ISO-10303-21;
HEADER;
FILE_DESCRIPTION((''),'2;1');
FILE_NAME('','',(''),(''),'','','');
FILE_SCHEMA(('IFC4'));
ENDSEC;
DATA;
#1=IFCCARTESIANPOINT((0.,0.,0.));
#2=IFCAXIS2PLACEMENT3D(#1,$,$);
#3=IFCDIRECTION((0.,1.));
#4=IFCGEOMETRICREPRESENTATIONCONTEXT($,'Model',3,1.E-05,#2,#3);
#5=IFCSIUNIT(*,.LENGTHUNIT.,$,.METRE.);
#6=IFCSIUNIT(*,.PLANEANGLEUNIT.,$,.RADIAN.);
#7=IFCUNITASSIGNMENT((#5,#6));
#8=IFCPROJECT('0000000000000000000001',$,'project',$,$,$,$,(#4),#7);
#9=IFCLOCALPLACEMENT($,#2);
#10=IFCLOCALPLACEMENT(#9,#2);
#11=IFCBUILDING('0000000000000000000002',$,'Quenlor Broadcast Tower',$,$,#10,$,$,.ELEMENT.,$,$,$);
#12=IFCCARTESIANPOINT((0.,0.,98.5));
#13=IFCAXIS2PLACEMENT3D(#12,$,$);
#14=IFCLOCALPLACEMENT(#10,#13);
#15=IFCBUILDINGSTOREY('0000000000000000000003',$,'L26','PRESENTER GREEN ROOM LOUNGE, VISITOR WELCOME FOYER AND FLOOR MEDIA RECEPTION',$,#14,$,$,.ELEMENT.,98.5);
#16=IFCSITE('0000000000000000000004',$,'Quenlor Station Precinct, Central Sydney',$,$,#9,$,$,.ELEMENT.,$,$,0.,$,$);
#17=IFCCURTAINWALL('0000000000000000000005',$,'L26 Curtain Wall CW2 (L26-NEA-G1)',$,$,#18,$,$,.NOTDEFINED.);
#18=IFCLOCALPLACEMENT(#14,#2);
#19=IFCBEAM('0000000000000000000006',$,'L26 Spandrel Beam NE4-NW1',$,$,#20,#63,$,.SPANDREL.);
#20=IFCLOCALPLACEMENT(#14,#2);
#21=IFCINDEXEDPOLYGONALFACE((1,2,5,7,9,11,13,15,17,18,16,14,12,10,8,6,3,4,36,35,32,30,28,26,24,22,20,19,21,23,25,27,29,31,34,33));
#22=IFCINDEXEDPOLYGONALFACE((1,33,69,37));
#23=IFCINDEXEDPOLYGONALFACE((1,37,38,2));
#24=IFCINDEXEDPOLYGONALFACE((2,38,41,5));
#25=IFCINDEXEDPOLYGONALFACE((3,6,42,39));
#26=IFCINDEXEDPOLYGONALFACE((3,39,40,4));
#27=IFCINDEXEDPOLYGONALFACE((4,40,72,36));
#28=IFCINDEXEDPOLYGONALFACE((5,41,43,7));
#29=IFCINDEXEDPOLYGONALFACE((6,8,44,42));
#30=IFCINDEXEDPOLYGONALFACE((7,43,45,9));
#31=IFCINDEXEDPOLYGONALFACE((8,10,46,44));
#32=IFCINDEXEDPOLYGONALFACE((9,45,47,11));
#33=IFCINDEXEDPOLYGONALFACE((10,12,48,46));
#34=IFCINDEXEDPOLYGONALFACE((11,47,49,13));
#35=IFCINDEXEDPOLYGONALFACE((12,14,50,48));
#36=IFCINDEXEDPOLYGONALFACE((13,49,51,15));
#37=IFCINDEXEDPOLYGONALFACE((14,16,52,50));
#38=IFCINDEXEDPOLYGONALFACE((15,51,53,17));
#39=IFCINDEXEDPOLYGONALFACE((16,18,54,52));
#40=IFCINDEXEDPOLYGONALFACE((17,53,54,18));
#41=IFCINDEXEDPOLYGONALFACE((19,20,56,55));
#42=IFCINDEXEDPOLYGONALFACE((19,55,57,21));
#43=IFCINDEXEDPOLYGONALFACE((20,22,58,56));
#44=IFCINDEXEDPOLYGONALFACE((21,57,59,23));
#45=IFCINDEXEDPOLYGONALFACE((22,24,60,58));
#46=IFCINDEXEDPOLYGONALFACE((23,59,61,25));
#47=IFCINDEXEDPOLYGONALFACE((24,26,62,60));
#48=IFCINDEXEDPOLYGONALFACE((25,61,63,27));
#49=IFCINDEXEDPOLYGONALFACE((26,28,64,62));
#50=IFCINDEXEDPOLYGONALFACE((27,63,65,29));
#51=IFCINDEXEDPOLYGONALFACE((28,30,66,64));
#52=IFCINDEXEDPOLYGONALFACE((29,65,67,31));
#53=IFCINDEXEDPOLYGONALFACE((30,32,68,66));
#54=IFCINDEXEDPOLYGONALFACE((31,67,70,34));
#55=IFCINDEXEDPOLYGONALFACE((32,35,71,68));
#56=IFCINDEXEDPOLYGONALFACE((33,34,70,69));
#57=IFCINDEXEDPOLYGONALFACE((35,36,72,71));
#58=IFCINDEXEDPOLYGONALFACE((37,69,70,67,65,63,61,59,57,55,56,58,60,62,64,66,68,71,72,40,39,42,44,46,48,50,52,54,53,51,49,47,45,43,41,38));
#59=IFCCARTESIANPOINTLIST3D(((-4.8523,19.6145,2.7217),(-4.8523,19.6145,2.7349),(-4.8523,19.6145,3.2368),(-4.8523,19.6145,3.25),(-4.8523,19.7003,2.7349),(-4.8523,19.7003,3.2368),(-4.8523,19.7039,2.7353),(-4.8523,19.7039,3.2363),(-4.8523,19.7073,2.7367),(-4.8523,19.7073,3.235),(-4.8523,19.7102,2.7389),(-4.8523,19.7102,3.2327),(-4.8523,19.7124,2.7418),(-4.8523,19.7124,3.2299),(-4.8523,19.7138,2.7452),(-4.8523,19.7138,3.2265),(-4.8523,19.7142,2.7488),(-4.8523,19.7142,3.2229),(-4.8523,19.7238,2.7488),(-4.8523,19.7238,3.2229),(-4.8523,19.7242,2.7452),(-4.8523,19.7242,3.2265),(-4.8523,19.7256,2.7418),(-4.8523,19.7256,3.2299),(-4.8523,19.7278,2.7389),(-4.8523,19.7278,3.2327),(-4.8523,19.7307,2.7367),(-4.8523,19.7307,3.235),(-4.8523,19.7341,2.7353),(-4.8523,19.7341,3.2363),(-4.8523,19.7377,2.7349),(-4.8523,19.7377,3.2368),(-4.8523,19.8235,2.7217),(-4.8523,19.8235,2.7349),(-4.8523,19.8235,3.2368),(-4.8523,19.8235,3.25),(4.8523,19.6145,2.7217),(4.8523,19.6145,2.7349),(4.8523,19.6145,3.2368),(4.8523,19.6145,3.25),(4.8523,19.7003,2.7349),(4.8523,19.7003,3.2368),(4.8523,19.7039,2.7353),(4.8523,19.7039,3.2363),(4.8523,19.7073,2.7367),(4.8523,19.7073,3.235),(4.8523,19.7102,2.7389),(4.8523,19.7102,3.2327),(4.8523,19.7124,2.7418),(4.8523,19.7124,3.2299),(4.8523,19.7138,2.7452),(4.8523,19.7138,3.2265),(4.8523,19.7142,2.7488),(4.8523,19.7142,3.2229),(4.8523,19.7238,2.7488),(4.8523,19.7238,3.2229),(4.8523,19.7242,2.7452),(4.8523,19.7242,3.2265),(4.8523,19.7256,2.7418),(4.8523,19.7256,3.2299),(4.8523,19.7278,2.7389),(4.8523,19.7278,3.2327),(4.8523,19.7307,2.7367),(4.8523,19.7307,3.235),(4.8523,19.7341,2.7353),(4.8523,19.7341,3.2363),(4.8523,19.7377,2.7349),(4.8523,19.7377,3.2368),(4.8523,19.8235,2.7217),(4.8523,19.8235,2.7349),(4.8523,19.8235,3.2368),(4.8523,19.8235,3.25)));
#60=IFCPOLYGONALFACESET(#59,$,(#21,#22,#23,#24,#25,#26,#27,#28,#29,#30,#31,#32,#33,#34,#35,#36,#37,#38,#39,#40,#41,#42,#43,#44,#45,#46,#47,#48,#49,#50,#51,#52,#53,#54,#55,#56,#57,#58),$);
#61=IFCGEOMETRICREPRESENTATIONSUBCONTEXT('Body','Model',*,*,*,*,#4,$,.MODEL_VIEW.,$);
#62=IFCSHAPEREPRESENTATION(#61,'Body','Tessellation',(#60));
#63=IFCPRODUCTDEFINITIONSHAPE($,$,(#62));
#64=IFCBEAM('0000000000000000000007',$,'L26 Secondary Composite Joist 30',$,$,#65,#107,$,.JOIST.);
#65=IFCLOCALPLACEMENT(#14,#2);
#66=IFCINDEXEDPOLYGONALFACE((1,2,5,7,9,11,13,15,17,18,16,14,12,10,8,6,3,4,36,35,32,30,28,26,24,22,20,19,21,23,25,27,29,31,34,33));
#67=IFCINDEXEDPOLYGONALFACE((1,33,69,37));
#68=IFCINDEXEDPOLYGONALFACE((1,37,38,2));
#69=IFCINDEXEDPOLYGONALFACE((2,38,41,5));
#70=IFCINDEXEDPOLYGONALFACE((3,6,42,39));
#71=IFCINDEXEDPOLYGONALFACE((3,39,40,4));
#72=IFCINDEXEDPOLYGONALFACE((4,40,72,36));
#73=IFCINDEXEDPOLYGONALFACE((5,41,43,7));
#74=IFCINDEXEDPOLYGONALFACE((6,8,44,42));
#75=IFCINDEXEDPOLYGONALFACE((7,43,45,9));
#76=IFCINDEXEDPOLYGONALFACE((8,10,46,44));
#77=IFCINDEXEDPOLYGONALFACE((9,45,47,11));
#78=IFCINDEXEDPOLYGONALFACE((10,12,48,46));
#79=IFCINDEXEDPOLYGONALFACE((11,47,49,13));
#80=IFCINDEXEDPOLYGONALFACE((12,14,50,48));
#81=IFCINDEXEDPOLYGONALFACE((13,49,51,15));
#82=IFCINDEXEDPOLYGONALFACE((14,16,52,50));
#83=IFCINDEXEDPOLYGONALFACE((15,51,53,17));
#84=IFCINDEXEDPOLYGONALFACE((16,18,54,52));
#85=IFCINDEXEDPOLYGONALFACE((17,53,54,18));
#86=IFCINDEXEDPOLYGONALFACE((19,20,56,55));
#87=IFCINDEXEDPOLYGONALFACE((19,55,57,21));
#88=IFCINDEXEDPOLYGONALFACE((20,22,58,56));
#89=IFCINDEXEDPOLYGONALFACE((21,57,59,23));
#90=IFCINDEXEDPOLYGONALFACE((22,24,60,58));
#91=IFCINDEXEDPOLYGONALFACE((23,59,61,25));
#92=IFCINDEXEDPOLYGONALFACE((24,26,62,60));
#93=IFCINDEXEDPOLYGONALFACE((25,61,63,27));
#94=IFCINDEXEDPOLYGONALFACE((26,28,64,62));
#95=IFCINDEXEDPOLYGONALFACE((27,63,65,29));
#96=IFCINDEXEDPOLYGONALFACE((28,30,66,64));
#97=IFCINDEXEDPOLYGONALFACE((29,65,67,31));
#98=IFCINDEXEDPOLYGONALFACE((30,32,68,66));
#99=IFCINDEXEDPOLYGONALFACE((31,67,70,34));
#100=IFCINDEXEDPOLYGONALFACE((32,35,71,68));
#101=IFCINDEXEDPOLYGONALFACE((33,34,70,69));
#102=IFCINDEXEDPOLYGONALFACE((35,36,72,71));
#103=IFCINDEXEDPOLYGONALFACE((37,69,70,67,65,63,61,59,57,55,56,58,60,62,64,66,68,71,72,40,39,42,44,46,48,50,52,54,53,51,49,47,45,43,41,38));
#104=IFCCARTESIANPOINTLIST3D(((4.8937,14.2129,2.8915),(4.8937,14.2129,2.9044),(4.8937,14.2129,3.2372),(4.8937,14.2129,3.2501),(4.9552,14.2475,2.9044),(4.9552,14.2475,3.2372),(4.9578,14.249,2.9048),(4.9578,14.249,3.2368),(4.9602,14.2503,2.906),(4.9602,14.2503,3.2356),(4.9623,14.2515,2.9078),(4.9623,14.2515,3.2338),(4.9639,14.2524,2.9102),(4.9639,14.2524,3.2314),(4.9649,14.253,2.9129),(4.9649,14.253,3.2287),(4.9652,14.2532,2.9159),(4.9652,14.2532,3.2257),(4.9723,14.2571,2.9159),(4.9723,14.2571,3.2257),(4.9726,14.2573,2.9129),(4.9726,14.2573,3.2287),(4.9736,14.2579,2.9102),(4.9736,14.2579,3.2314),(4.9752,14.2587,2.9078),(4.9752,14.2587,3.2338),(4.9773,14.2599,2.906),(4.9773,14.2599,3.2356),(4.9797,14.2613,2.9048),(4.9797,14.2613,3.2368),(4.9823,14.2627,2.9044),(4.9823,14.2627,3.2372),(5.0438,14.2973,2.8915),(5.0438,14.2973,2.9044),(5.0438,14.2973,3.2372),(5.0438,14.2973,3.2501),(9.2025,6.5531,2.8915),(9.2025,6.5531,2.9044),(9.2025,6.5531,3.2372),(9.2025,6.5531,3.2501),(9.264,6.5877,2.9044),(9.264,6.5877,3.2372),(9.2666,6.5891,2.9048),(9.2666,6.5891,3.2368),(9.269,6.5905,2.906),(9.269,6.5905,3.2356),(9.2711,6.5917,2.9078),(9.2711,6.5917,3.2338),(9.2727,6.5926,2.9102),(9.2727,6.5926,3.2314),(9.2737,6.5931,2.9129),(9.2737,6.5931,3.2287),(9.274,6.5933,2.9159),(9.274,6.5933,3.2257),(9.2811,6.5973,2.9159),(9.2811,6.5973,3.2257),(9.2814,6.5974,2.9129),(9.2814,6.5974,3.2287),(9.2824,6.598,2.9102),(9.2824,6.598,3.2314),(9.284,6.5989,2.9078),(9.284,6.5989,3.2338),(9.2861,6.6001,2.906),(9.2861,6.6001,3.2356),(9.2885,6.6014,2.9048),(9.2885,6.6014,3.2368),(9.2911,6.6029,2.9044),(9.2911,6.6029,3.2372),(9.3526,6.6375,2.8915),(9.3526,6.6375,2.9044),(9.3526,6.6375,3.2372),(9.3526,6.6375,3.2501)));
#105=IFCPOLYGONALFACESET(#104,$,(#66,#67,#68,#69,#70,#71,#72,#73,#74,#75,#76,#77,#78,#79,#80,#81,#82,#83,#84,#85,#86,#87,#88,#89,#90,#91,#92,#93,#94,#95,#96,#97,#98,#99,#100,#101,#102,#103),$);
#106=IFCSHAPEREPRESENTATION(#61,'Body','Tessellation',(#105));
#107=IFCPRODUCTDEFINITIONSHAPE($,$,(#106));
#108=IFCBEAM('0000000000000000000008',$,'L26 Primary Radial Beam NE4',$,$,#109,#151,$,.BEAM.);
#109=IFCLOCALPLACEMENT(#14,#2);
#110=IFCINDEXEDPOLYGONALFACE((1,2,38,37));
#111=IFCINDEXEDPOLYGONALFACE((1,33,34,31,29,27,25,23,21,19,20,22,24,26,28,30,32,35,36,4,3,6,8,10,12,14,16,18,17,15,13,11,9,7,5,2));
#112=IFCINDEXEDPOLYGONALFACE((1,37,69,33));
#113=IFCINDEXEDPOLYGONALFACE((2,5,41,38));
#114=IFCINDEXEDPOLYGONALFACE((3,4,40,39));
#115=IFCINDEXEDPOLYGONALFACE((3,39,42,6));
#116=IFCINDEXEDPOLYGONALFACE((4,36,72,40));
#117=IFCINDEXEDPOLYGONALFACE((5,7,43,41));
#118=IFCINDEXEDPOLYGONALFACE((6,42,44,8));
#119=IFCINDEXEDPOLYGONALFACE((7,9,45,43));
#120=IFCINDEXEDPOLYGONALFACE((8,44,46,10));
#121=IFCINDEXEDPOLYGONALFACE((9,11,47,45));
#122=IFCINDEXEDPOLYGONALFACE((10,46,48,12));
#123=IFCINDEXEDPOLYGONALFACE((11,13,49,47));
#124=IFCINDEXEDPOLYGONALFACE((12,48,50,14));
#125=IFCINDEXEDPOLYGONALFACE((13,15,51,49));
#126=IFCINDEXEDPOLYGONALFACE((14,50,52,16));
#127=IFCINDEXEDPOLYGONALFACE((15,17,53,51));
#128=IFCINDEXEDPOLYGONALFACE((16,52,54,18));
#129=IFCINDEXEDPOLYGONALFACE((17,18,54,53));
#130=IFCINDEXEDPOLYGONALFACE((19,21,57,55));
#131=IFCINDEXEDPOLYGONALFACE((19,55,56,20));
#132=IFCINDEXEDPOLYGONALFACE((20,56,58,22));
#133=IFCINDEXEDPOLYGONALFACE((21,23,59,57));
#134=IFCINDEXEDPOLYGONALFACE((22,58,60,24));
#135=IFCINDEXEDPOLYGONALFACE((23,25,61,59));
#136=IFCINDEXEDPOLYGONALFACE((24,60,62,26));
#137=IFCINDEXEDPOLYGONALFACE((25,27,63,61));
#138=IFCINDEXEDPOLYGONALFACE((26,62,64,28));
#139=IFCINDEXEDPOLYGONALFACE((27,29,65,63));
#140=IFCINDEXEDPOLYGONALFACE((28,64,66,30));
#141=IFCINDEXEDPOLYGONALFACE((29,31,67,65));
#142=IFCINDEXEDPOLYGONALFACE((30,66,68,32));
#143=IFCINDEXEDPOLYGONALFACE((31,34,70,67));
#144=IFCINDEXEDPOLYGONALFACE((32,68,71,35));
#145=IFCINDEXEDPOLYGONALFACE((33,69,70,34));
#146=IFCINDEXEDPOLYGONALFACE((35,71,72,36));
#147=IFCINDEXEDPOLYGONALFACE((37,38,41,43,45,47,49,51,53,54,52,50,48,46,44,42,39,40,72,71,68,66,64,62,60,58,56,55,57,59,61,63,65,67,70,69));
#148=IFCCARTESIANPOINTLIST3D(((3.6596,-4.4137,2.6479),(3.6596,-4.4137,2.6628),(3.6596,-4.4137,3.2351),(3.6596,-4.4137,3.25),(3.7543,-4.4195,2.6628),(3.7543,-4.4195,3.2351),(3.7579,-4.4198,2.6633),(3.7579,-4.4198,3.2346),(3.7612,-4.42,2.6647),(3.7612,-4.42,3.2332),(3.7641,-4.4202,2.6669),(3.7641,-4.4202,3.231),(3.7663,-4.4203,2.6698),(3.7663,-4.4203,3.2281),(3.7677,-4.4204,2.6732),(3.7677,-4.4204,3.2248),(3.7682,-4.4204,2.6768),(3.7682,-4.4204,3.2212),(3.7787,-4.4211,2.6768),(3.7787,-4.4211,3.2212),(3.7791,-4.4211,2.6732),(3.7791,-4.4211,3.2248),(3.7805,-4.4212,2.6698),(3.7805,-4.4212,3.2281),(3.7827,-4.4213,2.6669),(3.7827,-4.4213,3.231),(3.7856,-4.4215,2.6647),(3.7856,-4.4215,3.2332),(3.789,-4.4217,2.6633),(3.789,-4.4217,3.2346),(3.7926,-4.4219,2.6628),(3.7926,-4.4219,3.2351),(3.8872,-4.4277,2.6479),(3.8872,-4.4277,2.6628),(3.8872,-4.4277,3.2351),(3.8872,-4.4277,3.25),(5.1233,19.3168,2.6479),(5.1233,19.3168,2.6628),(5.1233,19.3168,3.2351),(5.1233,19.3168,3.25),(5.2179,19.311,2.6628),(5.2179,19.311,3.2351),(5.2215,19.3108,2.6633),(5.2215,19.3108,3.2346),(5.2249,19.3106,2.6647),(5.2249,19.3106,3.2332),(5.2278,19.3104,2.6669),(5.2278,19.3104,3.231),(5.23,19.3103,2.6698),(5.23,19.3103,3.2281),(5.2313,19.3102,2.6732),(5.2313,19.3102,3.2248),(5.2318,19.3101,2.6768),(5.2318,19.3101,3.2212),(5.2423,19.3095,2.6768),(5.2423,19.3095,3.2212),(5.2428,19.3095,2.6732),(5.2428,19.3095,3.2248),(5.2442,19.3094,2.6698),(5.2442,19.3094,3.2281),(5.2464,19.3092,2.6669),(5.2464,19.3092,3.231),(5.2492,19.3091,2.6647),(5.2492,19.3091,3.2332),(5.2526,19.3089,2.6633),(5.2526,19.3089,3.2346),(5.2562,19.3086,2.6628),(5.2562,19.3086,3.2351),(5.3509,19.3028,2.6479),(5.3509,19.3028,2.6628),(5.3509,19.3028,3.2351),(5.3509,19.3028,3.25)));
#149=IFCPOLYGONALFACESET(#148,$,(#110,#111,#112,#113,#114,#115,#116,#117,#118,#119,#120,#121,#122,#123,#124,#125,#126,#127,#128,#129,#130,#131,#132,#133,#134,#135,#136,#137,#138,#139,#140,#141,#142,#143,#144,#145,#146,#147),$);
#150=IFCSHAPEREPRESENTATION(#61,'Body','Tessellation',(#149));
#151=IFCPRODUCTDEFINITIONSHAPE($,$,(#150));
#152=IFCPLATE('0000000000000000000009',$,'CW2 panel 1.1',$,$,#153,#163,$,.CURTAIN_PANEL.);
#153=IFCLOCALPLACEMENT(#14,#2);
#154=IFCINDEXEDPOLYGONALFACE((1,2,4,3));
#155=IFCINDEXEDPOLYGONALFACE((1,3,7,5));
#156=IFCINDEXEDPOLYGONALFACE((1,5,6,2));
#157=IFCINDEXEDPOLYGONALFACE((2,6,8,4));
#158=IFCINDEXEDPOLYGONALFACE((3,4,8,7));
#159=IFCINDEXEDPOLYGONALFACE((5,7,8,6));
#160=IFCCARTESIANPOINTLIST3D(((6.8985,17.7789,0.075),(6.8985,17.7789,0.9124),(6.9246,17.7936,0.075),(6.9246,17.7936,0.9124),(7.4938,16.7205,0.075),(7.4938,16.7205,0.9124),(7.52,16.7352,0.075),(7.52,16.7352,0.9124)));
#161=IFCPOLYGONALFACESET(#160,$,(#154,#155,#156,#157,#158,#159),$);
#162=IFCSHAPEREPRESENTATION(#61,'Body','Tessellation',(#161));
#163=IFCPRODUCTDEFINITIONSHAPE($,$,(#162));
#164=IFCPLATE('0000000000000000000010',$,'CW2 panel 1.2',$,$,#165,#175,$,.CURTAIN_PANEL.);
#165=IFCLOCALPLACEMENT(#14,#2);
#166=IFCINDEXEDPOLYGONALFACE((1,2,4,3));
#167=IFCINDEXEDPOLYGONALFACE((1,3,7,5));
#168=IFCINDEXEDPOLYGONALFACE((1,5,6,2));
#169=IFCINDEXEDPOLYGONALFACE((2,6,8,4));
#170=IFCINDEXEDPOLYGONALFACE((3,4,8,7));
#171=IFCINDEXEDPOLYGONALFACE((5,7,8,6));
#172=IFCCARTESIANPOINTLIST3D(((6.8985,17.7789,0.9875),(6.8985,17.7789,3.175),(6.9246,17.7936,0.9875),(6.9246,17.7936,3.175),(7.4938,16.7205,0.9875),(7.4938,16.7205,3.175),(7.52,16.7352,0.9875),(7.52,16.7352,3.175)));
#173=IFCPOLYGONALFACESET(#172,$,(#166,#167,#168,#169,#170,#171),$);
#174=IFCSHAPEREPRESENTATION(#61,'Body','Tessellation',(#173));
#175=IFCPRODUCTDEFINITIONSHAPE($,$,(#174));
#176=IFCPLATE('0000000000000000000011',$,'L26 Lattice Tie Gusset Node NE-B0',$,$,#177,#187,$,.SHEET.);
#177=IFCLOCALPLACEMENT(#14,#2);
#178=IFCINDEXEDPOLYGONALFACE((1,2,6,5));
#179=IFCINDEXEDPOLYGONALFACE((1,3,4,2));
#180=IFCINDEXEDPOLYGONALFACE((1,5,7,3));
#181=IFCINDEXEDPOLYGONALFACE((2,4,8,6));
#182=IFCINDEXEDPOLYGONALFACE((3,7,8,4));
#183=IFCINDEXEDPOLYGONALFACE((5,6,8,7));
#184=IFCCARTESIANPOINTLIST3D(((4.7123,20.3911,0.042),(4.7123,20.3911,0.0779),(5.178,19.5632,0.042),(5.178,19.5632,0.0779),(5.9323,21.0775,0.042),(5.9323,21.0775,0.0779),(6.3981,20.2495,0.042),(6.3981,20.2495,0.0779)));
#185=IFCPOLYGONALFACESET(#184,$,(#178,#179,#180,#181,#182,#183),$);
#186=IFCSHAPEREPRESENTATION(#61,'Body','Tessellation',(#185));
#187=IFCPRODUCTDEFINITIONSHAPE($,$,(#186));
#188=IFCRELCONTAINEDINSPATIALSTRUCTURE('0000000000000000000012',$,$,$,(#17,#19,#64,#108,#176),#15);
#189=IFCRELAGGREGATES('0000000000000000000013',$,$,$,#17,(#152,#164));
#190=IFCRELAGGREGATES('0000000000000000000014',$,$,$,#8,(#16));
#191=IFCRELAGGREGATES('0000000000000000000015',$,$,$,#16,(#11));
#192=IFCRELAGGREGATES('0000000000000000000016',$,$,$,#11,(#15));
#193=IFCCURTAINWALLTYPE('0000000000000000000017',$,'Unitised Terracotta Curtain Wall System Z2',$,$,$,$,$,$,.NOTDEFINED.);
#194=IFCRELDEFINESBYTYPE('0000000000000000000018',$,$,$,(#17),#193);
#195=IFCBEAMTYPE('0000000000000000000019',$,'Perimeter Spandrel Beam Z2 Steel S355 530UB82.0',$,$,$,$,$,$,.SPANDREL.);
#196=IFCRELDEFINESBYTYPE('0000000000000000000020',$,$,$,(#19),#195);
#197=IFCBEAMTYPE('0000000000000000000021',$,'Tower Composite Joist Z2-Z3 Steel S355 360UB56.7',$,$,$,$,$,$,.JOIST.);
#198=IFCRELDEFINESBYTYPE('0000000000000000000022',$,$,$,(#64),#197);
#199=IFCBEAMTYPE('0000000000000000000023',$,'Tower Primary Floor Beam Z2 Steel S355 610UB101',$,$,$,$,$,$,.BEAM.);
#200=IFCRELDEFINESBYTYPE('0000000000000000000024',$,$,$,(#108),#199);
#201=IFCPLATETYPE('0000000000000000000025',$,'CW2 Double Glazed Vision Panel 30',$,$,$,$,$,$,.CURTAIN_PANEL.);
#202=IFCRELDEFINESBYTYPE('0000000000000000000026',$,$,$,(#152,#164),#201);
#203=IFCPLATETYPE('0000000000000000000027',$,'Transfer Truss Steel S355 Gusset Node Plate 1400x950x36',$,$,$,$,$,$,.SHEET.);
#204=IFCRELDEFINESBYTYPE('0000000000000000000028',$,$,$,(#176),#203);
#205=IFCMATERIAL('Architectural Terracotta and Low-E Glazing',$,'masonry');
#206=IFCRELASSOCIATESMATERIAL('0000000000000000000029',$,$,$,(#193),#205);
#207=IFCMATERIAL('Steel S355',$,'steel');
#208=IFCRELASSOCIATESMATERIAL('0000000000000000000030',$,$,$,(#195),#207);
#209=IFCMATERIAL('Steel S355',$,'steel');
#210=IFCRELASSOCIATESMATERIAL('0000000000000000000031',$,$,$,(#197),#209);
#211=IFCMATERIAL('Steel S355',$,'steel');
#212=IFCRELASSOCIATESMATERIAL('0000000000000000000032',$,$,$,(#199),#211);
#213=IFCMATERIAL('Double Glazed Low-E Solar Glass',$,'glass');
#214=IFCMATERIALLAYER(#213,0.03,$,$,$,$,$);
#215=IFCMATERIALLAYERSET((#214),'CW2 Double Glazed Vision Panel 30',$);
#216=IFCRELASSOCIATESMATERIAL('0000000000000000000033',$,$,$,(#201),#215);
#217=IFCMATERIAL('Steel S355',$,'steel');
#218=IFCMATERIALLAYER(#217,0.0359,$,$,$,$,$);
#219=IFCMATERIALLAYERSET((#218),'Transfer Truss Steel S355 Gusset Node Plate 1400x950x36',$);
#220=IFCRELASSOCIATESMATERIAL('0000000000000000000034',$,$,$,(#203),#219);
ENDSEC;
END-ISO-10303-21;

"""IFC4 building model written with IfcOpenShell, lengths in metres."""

from ifc_helpers import new_model, si_unit, direction, frame, origin, origin_2d, place, context, subcontext, project, spatial, rectangle, i_section, extrude, material, layer, layer_set, material_profile, profile_set, type_object, element, aggregate, save


model = new_model("IFC4")

# Units and contexts
model_context = context("Model", 3, precision=1e-05, world=origin(), true_north=direction((0.0, 1.0)))
body_context = subcontext(model_context, "Body", "Model", "MODEL_VIEW")
ifc_project = project(units=[si_unit("LENGTHUNIT", "METRE"), si_unit("PLANEANGLEUNIT", "RADIAN")], contexts=[model_context])

# Site, building, storey
site_placement = place(None, origin())
site = spatial("IfcSite", under=ifc_project, at=site_placement, Name="Quenlor Station Precinct, Central Sydney", CompositionType="ELEMENT", RefElevation=0.0)
building_placement = place(site_placement, origin())
building = spatial("IfcBuilding", under=site, at=building_placement, Name="Quenlor Broadcast Tower", CompositionType="ELEMENT")
storey_placement = place(building_placement, frame((0.0, 0.0, 98.5)))
storey = spatial("IfcBuildingStorey", under=building, at=storey_placement, Name="L26", Description="PRESENTER GREEN ROOM LOUNGE, VISITOR WELCOME FOYER AND FLOOR MEDIA RECEPTION", CompositionType="ELEMENT", Elevation=98.5)

# Curtain wall
ifc_material_1 = material(Name="Architectural Terracotta and Low-E Glazing", Category="masonry")
curtain_wall_type = type_object("IfcCurtainWallType", Name="Unitised Terracotta Curtain Wall System Z2", PredefinedType="NOTDEFINED", material=ifc_material_1)
curtain_wall_1_placement = place(storey_placement, origin())
curtain_wall_1 = element("IfcCurtainWall", 1, at=curtain_wall_1_placement, inside=storey, type_object=curtain_wall_type, Name="L26 Curtain Wall CW2 (L26-NEA-G1)", PredefinedType="NOTDEFINED")

# Beams
ifc_material_2 = material(Name="Steel S355", Category="steel")
ifc_material_profile_1 = material_profile(ifc_material_2, i_section(OverallWidth=0.209, OverallDepth=0.5283, WebThickness=0.0095, FlangeThickness=0.0132, FilletRadius=0.0139, at=origin_2d()))
ifc_profile_set_1 = profile_set([ifc_material_profile_1], Name="Steel S355 530UB82.0")
beam_type_1 = type_object("IfcBeamType", Name="Perimeter Spandrel Beam Z2 Steel S355 530UB82.0", PredefinedType="SPANDREL", material=ifc_profile_set_1)
beam_1_placement = place(storey_placement, frame((4.8523, 19.719, 2.9858), z_axis=(-1.0, 0.0, 0.0), x_axis=(0.0, -1.0, 0.0)))
element("IfcBeam", 2, at=beam_1_placement, inside=storey, type_object=beam_type_1, Name="L26 Spandrel Beam NE4-NW1", PredefinedType="SPANDREL", context=body_context, shape_type="SweptSolid", body=[
    extrude(i_section(OverallWidth=0.209, OverallDepth=0.5283, WebThickness=0.0095, FlangeThickness=0.0132, FilletRadius=0.0139, at=origin_2d()), origin(), (0.0, 0.0, 1.0), 9.7046),
])
ifc_material_3 = material(Name="Steel S355", Category="steel")
ifc_material_profile_2 = material_profile(ifc_material_3, i_section(OverallWidth=0.1721, OverallDepth=0.3586, WebThickness=0.0081, FlangeThickness=0.0129, FilletRadius=0.0115, at=origin_2d()))
ifc_profile_set_2 = profile_set([ifc_material_profile_2], Name="Steel S355 360UB56.7")
beam_type_2 = type_object("IfcBeamType", Name="Tower Composite Joist Z2-Z3 Steel S355 360UB56.7", PredefinedType="JOIST", material=ifc_profile_set_2)
beam_2_placement = place(storey_placement, frame((4.9688, 14.2551, 3.0708), z_axis=(0.490273, -0.871569, 0.0), x_axis=(0.871569, 0.490273, 0.0)))
element("IfcBeam", 3, at=beam_2_placement, inside=storey, type_object=beam_type_2, Name="L26 Secondary Composite Joist 30", PredefinedType="JOIST", context=body_context, shape_type="SweptSolid", body=[
    extrude(i_section(OverallWidth=0.1721, OverallDepth=0.3586, WebThickness=0.0081, FlangeThickness=0.0129, FilletRadius=0.0115, at=origin_2d()), origin(), (0.0, 0.0, 1.0), 8.7886),
])
ifc_material_4 = material(Name="Steel S355", Category="steel")
ifc_material_profile_3 = material_profile(ifc_material_4, i_section(OverallWidth=0.228, OverallDepth=0.6021, WebThickness=0.0105, FlangeThickness=0.0149, FilletRadius=0.0139, at=origin_2d()))
ifc_profile_set_3 = profile_set([ifc_material_profile_3], Name="Steel S355 610UB101")
beam_type_3 = type_object("IfcBeamType", Name="Tower Primary Floor Beam Z2 Steel S355 610UB101", PredefinedType="BEAM", material=ifc_profile_set_3)
beam_3_placement = place(storey_placement, frame((5.2371, 19.3098, 2.949), z_axis=(-0.06156, -0.998103, 0.0), x_axis=(0.998103, -0.06156, 0.0)))
element("IfcBeam", 4, at=beam_3_placement, inside=storey, type_object=beam_type_3, Name="L26 Primary Radial Beam NE4", PredefinedType="BEAM", context=body_context, shape_type="SweptSolid", body=[
    extrude(i_section(OverallWidth=0.228, OverallDepth=0.6021, WebThickness=0.0105, FlangeThickness=0.0149, FilletRadius=0.0139, at=origin_2d()), origin(), (0.0, 0.0, 1.0), 23.7756),
])

# Plates
ifc_material_5 = material(Name="Double Glazed Low-E Solar Glass", Category="glass")
ifc_layer_1 = layer(ifc_material_5, 0.03)
ifc_layer_set_1 = layer_set([ifc_layer_1], Name="CW2 Double Glazed Vision Panel 30")
plate_type_1 = type_object("IfcPlateType", Name="CW2 Double Glazed Vision Panel 30", PredefinedType="CURTAIN_PANEL", material=ifc_layer_set_1)
plate_1_placement = place(storey_placement, frame((7.2092, 17.2571, 0.075), z_axis=(0.0, 0.0, 1.0), x_axis=(0.490247, -0.871583, 0.0)))
plate_1 = element("IfcPlate", 5, at=plate_1_placement, type_object=plate_type_1, Name="CW2 panel 1.1", PredefinedType="CURTAIN_PANEL", context=body_context, shape_type="SweptSolid", body=[
    extrude(rectangle(XDim=1.2144, YDim=0.03, at=origin_2d()), origin(), (0.0, 0.0, 1.0), 0.8374),
])
plate_2_placement = place(storey_placement, frame((7.2092, 17.2571, 0.9875), z_axis=(0.0, 0.0, 1.0), x_axis=(0.490247, -0.871583, 0.0)))
plate_2 = element("IfcPlate", 6, at=plate_2_placement, type_object=plate_type_1, Name="CW2 panel 1.2", PredefinedType="CURTAIN_PANEL", context=body_context, shape_type="SweptSolid", body=[
    extrude(rectangle(XDim=1.2144, YDim=0.03, at=origin_2d()), origin(), (0.0, 0.0, 1.0), 2.1875),
])
aggregate(curtain_wall_1, [plate_1, plate_2])

# Plate
ifc_material_6 = material(Name="Steel S355", Category="steel")
ifc_layer_2 = layer(ifc_material_6, 0.0359)
ifc_layer_set_2 = layer_set([ifc_layer_2], Name="Transfer Truss Steel S355 Gusset Node Plate 1400x950x36")
plate_type_2 = type_object("IfcPlateType", Name="Transfer Truss Steel S355 Gusset Node Plate 1400x950x36", PredefinedType="SHEET", material=ifc_layer_set_2)
for number, where, z_axis, x_axis, name in (
    (7, (5.5552, 20.3203, 0.042), (0.0, 0.0, 1.0), (0.871556, 0.490295, 0.0), "L26 Lattice Tie Gusset Node NE-B0"),
):
    element("IfcPlate", number, at=place(storey_placement, frame(where, z_axis=z_axis, x_axis=x_axis)), inside=storey, type_object=plate_type_2, Name=name, PredefinedType="SHEET", context=body_context, shape_type="SweptSolid", body=[
        extrude(rectangle(XDim=1.3999, YDim=0.95, at=origin_2d()), origin(), (0.0, 0.0, 1.0), 0.0359),
    ])

save(model, "model.ifc")
